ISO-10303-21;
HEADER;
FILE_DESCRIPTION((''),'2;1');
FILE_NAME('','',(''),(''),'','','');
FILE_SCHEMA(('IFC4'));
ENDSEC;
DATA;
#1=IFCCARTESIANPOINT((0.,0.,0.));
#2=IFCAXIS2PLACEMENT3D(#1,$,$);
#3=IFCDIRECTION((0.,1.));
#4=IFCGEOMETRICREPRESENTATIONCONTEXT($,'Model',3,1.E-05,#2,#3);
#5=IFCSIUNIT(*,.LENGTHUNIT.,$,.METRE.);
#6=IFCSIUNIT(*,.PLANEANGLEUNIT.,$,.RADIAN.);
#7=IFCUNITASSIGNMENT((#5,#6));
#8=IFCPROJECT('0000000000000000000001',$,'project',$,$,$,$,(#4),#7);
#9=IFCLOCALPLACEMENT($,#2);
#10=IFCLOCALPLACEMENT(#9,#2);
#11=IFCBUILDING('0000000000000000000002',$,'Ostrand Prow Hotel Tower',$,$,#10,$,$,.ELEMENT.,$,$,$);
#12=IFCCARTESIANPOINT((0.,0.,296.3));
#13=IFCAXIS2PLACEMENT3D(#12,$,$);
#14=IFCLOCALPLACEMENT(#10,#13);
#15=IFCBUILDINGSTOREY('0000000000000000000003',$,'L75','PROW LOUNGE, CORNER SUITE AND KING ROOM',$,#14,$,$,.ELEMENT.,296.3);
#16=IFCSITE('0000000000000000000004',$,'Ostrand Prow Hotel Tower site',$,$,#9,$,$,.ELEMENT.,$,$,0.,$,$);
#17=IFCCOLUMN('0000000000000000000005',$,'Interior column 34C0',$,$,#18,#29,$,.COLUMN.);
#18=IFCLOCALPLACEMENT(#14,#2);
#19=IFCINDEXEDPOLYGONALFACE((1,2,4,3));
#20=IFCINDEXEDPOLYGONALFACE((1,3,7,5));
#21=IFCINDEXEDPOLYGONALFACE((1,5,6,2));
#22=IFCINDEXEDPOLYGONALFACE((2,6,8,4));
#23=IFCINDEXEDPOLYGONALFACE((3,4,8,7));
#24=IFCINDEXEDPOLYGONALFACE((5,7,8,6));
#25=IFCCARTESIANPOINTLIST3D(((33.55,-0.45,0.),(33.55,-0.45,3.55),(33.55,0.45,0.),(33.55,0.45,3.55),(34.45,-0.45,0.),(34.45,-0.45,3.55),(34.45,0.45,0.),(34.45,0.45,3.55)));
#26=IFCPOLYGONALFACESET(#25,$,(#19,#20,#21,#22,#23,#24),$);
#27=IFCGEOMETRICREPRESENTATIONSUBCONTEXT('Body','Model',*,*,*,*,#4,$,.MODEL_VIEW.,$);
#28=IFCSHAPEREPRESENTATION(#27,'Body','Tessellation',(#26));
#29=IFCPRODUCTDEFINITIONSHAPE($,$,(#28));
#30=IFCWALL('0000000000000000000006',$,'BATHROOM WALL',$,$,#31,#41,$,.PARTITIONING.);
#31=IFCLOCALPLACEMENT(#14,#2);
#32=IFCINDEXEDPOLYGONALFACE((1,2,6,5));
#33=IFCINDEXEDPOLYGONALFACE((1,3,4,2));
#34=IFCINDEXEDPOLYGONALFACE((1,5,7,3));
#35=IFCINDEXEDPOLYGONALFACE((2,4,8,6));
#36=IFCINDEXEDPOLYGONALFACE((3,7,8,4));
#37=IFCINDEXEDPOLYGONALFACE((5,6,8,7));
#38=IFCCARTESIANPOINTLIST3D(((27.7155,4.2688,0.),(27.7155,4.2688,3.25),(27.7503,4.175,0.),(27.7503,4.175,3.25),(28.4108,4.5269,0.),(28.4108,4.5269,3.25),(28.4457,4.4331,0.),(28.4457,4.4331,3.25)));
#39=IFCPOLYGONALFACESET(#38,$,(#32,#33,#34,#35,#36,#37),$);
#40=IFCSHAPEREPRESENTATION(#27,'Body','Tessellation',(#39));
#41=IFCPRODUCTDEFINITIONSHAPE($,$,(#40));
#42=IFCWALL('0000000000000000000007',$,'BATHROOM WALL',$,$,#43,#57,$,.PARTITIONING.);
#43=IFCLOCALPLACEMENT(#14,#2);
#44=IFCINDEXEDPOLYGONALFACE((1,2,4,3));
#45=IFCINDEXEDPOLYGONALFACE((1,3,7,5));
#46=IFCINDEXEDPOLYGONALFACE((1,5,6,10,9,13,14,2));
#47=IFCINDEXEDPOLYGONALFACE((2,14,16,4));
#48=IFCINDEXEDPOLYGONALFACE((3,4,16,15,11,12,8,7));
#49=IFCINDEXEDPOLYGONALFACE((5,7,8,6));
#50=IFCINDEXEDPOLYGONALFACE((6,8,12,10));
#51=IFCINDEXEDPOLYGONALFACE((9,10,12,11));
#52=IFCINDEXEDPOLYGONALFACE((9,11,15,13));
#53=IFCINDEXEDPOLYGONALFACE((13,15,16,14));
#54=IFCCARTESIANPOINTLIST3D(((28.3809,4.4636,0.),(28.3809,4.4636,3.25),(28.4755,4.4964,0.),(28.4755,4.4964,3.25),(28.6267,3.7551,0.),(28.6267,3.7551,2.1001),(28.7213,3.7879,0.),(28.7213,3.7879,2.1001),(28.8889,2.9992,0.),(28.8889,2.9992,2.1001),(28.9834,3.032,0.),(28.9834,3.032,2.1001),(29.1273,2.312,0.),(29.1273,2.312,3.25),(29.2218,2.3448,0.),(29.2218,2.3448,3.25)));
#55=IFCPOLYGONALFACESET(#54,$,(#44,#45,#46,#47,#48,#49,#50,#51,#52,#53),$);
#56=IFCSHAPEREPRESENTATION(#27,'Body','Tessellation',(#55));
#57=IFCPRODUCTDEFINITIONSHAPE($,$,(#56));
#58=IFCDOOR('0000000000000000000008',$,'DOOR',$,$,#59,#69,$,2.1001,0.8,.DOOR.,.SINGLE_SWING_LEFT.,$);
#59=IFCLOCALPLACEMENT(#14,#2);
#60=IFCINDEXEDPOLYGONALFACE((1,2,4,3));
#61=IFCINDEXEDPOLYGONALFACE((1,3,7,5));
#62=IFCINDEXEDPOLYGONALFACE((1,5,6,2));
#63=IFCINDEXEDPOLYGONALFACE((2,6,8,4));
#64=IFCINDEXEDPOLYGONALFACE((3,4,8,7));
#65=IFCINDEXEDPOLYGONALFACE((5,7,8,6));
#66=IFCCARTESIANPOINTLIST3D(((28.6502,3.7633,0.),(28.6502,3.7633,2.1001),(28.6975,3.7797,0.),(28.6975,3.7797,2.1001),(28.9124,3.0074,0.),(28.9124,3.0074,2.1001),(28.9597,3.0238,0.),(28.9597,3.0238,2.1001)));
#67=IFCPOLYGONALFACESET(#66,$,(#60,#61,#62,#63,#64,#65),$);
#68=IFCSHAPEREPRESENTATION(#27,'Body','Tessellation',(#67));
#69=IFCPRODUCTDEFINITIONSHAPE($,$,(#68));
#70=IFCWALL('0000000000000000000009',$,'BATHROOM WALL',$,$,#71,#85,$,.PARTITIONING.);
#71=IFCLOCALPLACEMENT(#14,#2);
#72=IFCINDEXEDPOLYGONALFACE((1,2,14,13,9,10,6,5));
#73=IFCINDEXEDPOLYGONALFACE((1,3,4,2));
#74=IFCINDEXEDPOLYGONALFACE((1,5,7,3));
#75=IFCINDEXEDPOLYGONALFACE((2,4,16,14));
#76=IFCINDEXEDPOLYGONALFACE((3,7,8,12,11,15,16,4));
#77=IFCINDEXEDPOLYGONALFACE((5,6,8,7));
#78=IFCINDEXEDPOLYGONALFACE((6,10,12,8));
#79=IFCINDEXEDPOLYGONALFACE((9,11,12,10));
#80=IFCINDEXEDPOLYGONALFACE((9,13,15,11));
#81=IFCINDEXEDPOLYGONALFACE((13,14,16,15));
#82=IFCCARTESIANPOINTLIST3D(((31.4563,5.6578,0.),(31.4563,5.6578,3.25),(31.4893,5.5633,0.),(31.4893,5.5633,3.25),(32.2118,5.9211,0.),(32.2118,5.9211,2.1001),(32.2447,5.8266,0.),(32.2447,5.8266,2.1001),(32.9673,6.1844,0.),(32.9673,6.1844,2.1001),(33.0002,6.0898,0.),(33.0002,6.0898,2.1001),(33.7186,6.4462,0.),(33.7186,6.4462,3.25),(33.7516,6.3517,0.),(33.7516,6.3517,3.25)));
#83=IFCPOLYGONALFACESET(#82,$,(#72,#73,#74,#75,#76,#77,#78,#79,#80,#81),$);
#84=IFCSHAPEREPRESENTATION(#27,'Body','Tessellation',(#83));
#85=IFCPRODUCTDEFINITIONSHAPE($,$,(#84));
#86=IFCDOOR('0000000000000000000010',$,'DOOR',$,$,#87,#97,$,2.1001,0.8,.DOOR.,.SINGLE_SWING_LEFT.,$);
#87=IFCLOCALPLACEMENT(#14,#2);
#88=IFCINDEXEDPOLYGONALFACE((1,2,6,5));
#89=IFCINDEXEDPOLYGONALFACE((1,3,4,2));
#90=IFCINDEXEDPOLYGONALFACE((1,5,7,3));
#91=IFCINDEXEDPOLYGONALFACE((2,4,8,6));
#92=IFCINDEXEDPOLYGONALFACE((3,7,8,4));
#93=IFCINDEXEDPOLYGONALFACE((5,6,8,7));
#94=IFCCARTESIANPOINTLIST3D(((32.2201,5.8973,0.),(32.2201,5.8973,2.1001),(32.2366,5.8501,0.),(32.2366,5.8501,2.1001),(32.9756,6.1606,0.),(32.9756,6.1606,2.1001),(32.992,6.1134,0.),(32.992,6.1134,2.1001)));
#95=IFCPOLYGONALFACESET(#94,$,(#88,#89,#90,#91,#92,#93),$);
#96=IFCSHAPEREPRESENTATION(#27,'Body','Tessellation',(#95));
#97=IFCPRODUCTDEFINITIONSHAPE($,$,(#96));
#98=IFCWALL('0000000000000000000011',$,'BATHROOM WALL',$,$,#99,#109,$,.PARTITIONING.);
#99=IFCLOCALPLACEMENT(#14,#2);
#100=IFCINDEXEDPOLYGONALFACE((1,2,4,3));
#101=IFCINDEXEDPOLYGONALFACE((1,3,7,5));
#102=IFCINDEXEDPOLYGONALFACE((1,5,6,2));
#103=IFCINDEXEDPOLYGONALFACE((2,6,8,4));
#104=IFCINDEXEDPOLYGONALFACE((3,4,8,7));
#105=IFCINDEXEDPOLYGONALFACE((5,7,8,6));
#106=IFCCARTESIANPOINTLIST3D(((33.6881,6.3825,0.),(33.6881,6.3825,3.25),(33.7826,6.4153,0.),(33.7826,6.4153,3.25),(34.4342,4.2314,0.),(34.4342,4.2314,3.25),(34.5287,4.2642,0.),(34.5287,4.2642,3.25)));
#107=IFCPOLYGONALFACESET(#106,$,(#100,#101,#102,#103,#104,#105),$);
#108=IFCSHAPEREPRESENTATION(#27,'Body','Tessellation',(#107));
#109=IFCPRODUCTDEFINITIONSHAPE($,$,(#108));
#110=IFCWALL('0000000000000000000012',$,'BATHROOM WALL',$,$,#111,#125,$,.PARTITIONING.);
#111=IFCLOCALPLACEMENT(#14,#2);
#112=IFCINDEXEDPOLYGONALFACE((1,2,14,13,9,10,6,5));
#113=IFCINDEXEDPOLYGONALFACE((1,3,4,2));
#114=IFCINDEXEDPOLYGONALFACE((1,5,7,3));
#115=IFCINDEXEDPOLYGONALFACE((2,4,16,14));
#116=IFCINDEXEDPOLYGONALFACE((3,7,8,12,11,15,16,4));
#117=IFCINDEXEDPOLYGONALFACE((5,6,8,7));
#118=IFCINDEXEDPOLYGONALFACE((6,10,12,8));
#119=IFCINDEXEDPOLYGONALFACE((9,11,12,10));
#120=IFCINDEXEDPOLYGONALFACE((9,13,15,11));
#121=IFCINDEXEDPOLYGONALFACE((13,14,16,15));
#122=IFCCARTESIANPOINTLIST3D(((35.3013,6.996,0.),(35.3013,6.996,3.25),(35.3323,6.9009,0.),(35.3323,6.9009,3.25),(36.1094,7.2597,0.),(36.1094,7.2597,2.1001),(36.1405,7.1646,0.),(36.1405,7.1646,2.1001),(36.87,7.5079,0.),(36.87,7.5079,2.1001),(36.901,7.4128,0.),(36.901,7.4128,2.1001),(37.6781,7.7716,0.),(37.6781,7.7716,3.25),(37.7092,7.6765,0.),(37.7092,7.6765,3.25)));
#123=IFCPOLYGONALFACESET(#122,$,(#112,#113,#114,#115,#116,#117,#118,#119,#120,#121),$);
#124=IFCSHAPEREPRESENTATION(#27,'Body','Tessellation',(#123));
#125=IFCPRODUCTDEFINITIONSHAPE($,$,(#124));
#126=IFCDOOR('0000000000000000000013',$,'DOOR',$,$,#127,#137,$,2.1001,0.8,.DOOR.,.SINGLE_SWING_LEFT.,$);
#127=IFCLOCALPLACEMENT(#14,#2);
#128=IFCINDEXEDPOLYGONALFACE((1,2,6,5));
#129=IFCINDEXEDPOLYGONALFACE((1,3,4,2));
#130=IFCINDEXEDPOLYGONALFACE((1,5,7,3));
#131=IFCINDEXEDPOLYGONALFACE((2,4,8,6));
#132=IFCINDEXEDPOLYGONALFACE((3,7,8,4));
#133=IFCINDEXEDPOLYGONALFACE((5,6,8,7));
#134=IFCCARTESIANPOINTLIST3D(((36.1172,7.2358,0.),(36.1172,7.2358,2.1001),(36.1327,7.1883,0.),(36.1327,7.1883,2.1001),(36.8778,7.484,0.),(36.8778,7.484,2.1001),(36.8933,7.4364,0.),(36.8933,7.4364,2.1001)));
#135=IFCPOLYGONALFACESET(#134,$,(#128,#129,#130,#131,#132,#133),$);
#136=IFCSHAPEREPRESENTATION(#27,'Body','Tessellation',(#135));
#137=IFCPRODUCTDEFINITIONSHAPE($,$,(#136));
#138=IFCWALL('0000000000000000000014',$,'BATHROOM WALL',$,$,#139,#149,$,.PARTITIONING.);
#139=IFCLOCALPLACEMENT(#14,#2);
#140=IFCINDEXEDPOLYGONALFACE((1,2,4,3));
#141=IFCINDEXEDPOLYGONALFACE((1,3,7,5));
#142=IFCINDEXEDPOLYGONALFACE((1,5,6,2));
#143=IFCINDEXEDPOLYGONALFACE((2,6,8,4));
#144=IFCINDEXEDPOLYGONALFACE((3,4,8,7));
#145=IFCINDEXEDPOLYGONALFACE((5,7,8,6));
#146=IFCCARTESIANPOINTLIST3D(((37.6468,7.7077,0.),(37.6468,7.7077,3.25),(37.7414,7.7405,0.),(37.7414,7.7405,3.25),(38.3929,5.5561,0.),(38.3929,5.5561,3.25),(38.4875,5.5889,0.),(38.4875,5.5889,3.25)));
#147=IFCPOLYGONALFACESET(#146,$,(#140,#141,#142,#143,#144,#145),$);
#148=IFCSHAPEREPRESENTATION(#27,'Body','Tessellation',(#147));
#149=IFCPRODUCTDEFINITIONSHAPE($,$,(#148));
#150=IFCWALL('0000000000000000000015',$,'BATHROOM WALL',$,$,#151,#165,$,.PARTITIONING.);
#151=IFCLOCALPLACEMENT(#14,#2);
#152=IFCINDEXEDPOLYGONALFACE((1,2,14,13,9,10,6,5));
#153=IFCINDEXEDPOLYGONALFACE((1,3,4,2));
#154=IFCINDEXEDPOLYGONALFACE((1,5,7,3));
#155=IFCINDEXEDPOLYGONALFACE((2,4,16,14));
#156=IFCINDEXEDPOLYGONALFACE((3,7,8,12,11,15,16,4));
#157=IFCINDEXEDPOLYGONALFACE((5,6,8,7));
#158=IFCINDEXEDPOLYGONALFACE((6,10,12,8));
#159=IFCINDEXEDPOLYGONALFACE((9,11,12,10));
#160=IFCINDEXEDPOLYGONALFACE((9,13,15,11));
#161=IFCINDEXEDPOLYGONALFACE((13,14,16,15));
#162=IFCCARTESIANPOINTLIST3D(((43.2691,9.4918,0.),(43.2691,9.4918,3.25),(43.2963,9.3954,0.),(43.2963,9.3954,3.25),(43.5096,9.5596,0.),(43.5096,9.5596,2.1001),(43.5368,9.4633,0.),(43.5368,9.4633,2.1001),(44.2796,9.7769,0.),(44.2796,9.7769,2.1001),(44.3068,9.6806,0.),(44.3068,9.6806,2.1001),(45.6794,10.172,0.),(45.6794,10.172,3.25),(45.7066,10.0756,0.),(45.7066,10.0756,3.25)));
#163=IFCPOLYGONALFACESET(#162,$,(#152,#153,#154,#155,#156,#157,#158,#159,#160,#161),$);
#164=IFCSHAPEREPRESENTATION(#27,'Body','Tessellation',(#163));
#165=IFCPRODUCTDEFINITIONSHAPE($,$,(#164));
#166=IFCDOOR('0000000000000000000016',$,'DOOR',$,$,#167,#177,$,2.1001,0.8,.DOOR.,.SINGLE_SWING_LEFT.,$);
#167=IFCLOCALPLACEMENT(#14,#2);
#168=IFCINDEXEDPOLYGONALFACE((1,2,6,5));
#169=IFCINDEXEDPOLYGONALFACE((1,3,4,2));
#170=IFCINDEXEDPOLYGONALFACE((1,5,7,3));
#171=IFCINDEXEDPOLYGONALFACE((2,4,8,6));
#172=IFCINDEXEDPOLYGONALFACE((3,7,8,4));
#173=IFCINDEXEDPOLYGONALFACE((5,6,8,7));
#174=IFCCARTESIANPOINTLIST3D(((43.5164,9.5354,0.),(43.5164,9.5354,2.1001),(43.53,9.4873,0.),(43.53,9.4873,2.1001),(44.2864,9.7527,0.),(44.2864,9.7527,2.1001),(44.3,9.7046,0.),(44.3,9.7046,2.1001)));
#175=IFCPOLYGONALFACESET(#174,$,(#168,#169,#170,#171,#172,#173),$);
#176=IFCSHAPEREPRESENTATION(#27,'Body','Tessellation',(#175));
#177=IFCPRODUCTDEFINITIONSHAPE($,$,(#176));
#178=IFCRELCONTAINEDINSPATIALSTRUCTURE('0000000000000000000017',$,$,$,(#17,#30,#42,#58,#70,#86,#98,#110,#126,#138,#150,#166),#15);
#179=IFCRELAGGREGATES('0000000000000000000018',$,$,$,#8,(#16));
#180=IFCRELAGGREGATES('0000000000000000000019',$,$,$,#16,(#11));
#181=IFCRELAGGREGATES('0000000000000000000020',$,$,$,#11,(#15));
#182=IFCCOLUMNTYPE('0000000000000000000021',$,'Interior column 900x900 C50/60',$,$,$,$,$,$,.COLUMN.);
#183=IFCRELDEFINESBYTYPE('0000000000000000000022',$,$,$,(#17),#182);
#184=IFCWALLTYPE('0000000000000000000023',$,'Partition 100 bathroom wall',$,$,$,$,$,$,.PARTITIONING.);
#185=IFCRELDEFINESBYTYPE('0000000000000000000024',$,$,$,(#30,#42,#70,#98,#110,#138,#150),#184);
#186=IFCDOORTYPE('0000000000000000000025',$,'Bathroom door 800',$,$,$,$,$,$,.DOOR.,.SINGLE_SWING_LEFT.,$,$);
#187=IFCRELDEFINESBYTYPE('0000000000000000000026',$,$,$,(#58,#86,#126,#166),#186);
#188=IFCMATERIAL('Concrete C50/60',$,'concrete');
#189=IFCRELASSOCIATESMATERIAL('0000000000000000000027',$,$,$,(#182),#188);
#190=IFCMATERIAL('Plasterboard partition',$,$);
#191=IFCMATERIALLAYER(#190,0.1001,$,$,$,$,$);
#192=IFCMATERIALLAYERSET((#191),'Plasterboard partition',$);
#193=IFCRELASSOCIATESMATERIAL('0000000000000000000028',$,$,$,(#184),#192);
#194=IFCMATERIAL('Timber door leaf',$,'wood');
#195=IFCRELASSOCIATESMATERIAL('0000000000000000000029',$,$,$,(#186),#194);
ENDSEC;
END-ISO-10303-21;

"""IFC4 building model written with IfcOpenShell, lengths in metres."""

from ifc_helpers import new_model, si_unit, direction, frame, frame_2d, origin, origin_2d, place, context, subcontext, project, spatial, rectangle, extrude, material, layer, layer_set, material_profile, profile_set, type_object, element, fill, save


model = new_model("IFC4")

# Units and contexts
model_context = context("Model", 3, precision=1e-05, world=origin(), true_north=direction((0.0, 1.0)))
body_context = subcontext(model_context, "Body", "Model", "MODEL_VIEW")
ifc_project = project(units=[si_unit("LENGTHUNIT", "METRE"), si_unit("PLANEANGLEUNIT", "RADIAN")], contexts=[model_context])

# Site, building, storey
site_placement = place(None, origin())
site = spatial("IfcSite", under=ifc_project, at=site_placement, Name="Ostrand Prow Hotel Tower site", CompositionType="ELEMENT", RefElevation=0.0)
building_placement = place(site_placement, origin())
building = spatial("IfcBuilding", under=site, at=building_placement, Name="Ostrand Prow Hotel Tower", CompositionType="ELEMENT")
storey_placement = place(building_placement, frame((0.0, 0.0, 296.3)))
storey = spatial("IfcBuildingStorey", under=building, at=storey_placement, Name="L75", Description="PROW LOUNGE, CORNER SUITE AND KING ROOM", CompositionType="ELEMENT", Elevation=296.3)

# Column
ifc_material_1 = material(Name="Concrete C50/60", Category="concrete")
ifc_material_profile = material_profile(ifc_material_1, rectangle(XDim=0.8999, YDim=0.8999, at=origin_2d()), Name="RC 900x900")
ifc_profile_set = profile_set([ifc_material_profile], Name="Concrete C50/60")
column_type = type_object("IfcColumnType", Name="Interior column 900x900 C50/60", PredefinedType="COLUMN", material=ifc_profile_set)
column_placement = place(storey_placement, frame((34.0, 0.0, 0.0), z_axis=(0.0, 0.0, 1.0), x_axis=(1.0, 0.0, 0.0)))
element("IfcColumn", 1, at=column_placement, inside=storey, type_object=column_type, Name="Interior column 34C0", PredefinedType="COLUMN", context=body_context, shape_type="SweptSolid", body=[
    extrude(rectangle(XDim=0.8999, YDim=0.8999, at=origin_2d()), origin(), (0.0, 0.0, 1.0), 3.55),
])

# Wall
ifc_material_2 = material(Name="Plasterboard partition")
ifc_layer_1 = layer(ifc_material_2, 0.1001)
ifc_layer_set_1 = layer_set([ifc_layer_1], Name="Plasterboard partition")
wall_type_1 = type_object("IfcWallType", Name="Partition 100 bathroom wall", PredefinedType="PARTITIONING", material=ifc_layer_set_1)
wall_1_placement = place(storey_placement, frame((27.7329, 4.2219, 0.0), z_axis=(0.0, 0.0, 1.0), x_axis=(0.937514, 0.347947, 0.0)))
element("IfcWall", 2, at=wall_1_placement, inside=storey, type_object=wall_type_1, Name="BATHROOM WALL", PredefinedType="PARTITIONING", context=body_context, shape_type="SweptSolid", body=[
    extrude(rectangle(XDim=0.7417, YDim=0.1001, at=frame_2d((0.3708, 0.0))), origin(), (0.0, 0.0, 1.0), 3.25),
])

# Walls, openings, doors
wall_2_placement = place(storey_placement, frame((28.4282, 4.48, 0.0), z_axis=(0.0, 0.0, 1.0), x_axis=(0.327718, -0.944776, 0.0)))
wall_2 = element("IfcWall", 3, at=wall_2_placement, inside=storey, type_object=wall_type_1, Name="BATHROOM WALL", PredefinedType="PARTITIONING", context=body_context, shape_type="SweptSolid", body=[
    extrude(rectangle(XDim=2.2773, YDim=0.1001, at=frame_2d((1.1387, 0.0))), origin(), (0.0, 0.0, 1.0), 3.25),
])
opening_1_placement = place(wall_2_placement, frame((0.75, 0.0, 0.0)))
opening_1 = element("IfcOpeningElement", 4, at=opening_1_placement, cuts=wall_2, PredefinedType="OPENING", context=body_context, shape_type="SweptSolid", body=[
    extrude(rectangle(XDim=0.8, YDim=2.1001, at=frame_2d((0.3999, 1.05))), frame((0.0, 0.0601, 0.0), z_axis=(0.0, -1.0, 0.0), x_axis=(1.0, 0.0, 0.0)), (0.0, 0.0, 1.0), 0.1201),
])
ifc_material_3 = material(Name="Timber door leaf", Category="wood")
door_type_1 = type_object("IfcDoorType", Name="Bathroom door 800", OperationType="SINGLE_SWING_LEFT", PredefinedType="DOOR", material=ifc_material_3)
door_1_placement = place(opening_1_placement, origin())
door_1 = element("IfcDoor", 5, at=door_1_placement, inside=storey, type_object=door_type_1, Name="DOOR", OperationType="SINGLE_SWING_LEFT", OverallHeight=2.1001, OverallWidth=0.8, PredefinedType="DOOR", context=body_context, shape_type="SweptSolid", body=[
    extrude(rectangle(XDim=0.8, YDim=2.1001, at=frame_2d((0.3999, 1.05))), frame((0.0, 0.0249, 0.0), z_axis=(0.0, -1.0, 0.0), x_axis=(1.0, 0.0, 0.0)), (0.0, 0.0, 1.0), 0.05),
])
fill(opening_1, door_1)
wall_3_placement = place(storey_placement, frame((31.4729, 5.6106, 0.0), z_axis=(0.0, 0.0, 1.0), x_axis=(0.944306, 0.32907, 0.0)))
wall_3 = element("IfcWall", 6, at=wall_3_placement, inside=storey, type_object=wall_type_1, Name="BATHROOM WALL", PredefinedType="PARTITIONING", context=body_context, shape_type="SweptSolid", body=[
    extrude(rectangle(XDim=2.3958, YDim=0.1001, at=frame_2d((1.1978, 0.0))), origin(), (0.0, 0.0, 1.0), 3.25),
])
opening_2_placement = place(wall_3_placement, frame((0.8, 0.0, 0.0)))
opening_2 = element("IfcOpeningElement", 7, at=opening_2_placement, cuts=wall_3, PredefinedType="OPENING", context=body_context, shape_type="SweptSolid", body=[
    extrude(rectangle(XDim=0.8, YDim=2.1001, at=frame_2d((0.3999, 1.05))), frame((0.0, 0.0601, 0.0), z_axis=(0.0, -1.0, 0.0), x_axis=(1.0, 0.0, 0.0)), (0.0, 0.0, 1.0), 0.1201),
])
door_2_placement = place(opening_2_placement, origin())
door_2 = element("IfcDoor", 8, at=door_2_placement, inside=storey, type_object=door_type_1, Name="DOOR", OperationType="SINGLE_SWING_LEFT", OverallHeight=2.1001, OverallWidth=0.8, PredefinedType="DOOR", context=body_context, shape_type="SweptSolid", body=[
    extrude(rectangle(XDim=0.8, YDim=2.1001, at=frame_2d((0.3999, 1.05))), frame((0.0, 0.0249, 0.0), z_axis=(0.0, -1.0, 0.0), x_axis=(1.0, 0.0, 0.0)), (0.0, 0.0, 1.0), 0.05),
])
fill(opening_2, door_2)

# Wall
wall_4_placement = place(storey_placement, frame((33.7354, 6.3989, 0.0), z_axis=(0.0, 0.0, 1.0), x_axis=(0.327689, -0.944786, 0.0)))
element("IfcWall", 9, at=wall_4_placement, inside=storey, type_object=wall_type_1, Name="BATHROOM WALL", PredefinedType="PARTITIONING", context=body_context, shape_type="SweptSolid", body=[
    extrude(rectangle(XDim=2.2769, YDim=0.1001, at=frame_2d((1.1384, 0.0))), origin(), (0.0, 0.0, 1.0), 3.25),
])

# Wall, opening, door
wall_5_placement = place(storey_placement, frame((35.3169, 6.9485, 0.0), z_axis=(0.0, 0.0, 1.0), x_axis=(0.950666, 0.310216, 0.0)))
wall_5 = element("IfcWall", 10, at=wall_5_placement, inside=storey, type_object=wall_type_1, Name="BATHROOM WALL", PredefinedType="PARTITIONING", context=body_context, shape_type="SweptSolid", body=[
    extrude(rectangle(XDim=2.5002, YDim=0.1001, at=frame_2d((1.25, 0.0))), origin(), (0.0, 0.0, 1.0), 3.25),
])
opening_3_placement = place(wall_5_placement, frame((0.8501, 0.0, 0.0)))
opening_3 = element("IfcOpeningElement", 11, at=opening_3_placement, cuts=wall_5, PredefinedType="OPENING", context=body_context, shape_type="SweptSolid", body=[
    extrude(rectangle(XDim=0.8, YDim=2.1001, at=frame_2d((0.3999, 1.05))), frame((0.0, 0.0601, 0.0), z_axis=(0.0, -1.0, 0.0), x_axis=(1.0, 0.0, 0.0)), (0.0, 0.0, 1.0), 0.1201),
])
door_3_placement = place(opening_3_placement, origin())
door_3 = element("IfcDoor", 12, at=door_3_placement, inside=storey, type_object=door_type_1, Name="DOOR", OperationType="SINGLE_SWING_LEFT", OverallHeight=2.1001, OverallWidth=0.8, PredefinedType="DOOR", context=body_context, shape_type="SweptSolid", body=[
    extrude(rectangle(XDim=0.8, YDim=2.1001, at=frame_2d((0.3999, 1.05))), frame((0.0, 0.0249, 0.0), z_axis=(0.0, -1.0, 0.0), x_axis=(1.0, 0.0, 0.0)), (0.0, 0.0, 1.0), 0.05),
])
fill(opening_3, door_3)

# Wall
wall_6_placement = place(storey_placement, frame((37.6941, 7.7241, 0.0), z_axis=(0.0, 0.0, 1.0), x_axis=(0.327622, -0.944809, 0.0)))
element("IfcWall", 13, at=wall_6_placement, inside=storey, type_object=wall_type_1, Name="BATHROOM WALL", PredefinedType="PARTITIONING", context=body_context, shape_type="SweptSolid", body=[
    extrude(rectangle(XDim=2.2773, YDim=0.1001, at=frame_2d((1.1387, 0.0))), origin(), (0.0, 0.0, 1.0), 3.25),
])

# Wall, opening, door
wall_7_placement = place(storey_placement, frame((43.2827, 9.4436, 0.0), z_axis=(0.0, 0.0, 1.0), x_axis=(0.962409, 0.271604, 0.0)))
wall_7 = element("IfcWall", 14, at=wall_7_placement, inside=storey, type_object=wall_type_1, Name="BATHROOM WALL", PredefinedType="PARTITIONING", context=body_context, shape_type="SweptSolid", body=[
    extrude(rectangle(XDim=2.5044, YDim=0.1001, at=frame_2d((1.2522, 0.0))), origin(), (0.0, 0.0, 1.0), 3.25),
])
opening_4_placement = place(wall_7_placement, frame((0.25, 0.0, 0.0)))
opening_4 = element("IfcOpeningElement", 15, at=opening_4_placement, cuts=wall_7, PredefinedType="OPENING", context=body_context, shape_type="SweptSolid", body=[
    extrude(rectangle(XDim=0.8, YDim=2.1001, at=frame_2d((0.3999, 1.05))), frame((0.0, 0.0601, 0.0), z_axis=(0.0, -1.0, 0.0), x_axis=(1.0, 0.0, 0.0)), (0.0, 0.0, 1.0), 0.1201),
])
door_4_placement = place(opening_4_placement, origin())
door_4 = element("IfcDoor", 16, at=door_4_placement, inside=storey, type_object=door_type_1, Name="DOOR", OperationType="SINGLE_SWING_LEFT", OverallHeight=2.1001, OverallWidth=0.8, PredefinedType="DOOR", context=body_context, shape_type="SweptSolid", body=[
    extrude(rectangle(XDim=0.8, YDim=2.1001, at=frame_2d((0.3999, 1.05))), frame((0.0, 0.0249, 0.0), z_axis=(0.0, -1.0, 0.0), x_axis=(1.0, 0.0, 0.0)), (0.0, 0.0, 1.0), 0.05),
])
fill(opening_4, door_4)

save(model, "model.ifc")
